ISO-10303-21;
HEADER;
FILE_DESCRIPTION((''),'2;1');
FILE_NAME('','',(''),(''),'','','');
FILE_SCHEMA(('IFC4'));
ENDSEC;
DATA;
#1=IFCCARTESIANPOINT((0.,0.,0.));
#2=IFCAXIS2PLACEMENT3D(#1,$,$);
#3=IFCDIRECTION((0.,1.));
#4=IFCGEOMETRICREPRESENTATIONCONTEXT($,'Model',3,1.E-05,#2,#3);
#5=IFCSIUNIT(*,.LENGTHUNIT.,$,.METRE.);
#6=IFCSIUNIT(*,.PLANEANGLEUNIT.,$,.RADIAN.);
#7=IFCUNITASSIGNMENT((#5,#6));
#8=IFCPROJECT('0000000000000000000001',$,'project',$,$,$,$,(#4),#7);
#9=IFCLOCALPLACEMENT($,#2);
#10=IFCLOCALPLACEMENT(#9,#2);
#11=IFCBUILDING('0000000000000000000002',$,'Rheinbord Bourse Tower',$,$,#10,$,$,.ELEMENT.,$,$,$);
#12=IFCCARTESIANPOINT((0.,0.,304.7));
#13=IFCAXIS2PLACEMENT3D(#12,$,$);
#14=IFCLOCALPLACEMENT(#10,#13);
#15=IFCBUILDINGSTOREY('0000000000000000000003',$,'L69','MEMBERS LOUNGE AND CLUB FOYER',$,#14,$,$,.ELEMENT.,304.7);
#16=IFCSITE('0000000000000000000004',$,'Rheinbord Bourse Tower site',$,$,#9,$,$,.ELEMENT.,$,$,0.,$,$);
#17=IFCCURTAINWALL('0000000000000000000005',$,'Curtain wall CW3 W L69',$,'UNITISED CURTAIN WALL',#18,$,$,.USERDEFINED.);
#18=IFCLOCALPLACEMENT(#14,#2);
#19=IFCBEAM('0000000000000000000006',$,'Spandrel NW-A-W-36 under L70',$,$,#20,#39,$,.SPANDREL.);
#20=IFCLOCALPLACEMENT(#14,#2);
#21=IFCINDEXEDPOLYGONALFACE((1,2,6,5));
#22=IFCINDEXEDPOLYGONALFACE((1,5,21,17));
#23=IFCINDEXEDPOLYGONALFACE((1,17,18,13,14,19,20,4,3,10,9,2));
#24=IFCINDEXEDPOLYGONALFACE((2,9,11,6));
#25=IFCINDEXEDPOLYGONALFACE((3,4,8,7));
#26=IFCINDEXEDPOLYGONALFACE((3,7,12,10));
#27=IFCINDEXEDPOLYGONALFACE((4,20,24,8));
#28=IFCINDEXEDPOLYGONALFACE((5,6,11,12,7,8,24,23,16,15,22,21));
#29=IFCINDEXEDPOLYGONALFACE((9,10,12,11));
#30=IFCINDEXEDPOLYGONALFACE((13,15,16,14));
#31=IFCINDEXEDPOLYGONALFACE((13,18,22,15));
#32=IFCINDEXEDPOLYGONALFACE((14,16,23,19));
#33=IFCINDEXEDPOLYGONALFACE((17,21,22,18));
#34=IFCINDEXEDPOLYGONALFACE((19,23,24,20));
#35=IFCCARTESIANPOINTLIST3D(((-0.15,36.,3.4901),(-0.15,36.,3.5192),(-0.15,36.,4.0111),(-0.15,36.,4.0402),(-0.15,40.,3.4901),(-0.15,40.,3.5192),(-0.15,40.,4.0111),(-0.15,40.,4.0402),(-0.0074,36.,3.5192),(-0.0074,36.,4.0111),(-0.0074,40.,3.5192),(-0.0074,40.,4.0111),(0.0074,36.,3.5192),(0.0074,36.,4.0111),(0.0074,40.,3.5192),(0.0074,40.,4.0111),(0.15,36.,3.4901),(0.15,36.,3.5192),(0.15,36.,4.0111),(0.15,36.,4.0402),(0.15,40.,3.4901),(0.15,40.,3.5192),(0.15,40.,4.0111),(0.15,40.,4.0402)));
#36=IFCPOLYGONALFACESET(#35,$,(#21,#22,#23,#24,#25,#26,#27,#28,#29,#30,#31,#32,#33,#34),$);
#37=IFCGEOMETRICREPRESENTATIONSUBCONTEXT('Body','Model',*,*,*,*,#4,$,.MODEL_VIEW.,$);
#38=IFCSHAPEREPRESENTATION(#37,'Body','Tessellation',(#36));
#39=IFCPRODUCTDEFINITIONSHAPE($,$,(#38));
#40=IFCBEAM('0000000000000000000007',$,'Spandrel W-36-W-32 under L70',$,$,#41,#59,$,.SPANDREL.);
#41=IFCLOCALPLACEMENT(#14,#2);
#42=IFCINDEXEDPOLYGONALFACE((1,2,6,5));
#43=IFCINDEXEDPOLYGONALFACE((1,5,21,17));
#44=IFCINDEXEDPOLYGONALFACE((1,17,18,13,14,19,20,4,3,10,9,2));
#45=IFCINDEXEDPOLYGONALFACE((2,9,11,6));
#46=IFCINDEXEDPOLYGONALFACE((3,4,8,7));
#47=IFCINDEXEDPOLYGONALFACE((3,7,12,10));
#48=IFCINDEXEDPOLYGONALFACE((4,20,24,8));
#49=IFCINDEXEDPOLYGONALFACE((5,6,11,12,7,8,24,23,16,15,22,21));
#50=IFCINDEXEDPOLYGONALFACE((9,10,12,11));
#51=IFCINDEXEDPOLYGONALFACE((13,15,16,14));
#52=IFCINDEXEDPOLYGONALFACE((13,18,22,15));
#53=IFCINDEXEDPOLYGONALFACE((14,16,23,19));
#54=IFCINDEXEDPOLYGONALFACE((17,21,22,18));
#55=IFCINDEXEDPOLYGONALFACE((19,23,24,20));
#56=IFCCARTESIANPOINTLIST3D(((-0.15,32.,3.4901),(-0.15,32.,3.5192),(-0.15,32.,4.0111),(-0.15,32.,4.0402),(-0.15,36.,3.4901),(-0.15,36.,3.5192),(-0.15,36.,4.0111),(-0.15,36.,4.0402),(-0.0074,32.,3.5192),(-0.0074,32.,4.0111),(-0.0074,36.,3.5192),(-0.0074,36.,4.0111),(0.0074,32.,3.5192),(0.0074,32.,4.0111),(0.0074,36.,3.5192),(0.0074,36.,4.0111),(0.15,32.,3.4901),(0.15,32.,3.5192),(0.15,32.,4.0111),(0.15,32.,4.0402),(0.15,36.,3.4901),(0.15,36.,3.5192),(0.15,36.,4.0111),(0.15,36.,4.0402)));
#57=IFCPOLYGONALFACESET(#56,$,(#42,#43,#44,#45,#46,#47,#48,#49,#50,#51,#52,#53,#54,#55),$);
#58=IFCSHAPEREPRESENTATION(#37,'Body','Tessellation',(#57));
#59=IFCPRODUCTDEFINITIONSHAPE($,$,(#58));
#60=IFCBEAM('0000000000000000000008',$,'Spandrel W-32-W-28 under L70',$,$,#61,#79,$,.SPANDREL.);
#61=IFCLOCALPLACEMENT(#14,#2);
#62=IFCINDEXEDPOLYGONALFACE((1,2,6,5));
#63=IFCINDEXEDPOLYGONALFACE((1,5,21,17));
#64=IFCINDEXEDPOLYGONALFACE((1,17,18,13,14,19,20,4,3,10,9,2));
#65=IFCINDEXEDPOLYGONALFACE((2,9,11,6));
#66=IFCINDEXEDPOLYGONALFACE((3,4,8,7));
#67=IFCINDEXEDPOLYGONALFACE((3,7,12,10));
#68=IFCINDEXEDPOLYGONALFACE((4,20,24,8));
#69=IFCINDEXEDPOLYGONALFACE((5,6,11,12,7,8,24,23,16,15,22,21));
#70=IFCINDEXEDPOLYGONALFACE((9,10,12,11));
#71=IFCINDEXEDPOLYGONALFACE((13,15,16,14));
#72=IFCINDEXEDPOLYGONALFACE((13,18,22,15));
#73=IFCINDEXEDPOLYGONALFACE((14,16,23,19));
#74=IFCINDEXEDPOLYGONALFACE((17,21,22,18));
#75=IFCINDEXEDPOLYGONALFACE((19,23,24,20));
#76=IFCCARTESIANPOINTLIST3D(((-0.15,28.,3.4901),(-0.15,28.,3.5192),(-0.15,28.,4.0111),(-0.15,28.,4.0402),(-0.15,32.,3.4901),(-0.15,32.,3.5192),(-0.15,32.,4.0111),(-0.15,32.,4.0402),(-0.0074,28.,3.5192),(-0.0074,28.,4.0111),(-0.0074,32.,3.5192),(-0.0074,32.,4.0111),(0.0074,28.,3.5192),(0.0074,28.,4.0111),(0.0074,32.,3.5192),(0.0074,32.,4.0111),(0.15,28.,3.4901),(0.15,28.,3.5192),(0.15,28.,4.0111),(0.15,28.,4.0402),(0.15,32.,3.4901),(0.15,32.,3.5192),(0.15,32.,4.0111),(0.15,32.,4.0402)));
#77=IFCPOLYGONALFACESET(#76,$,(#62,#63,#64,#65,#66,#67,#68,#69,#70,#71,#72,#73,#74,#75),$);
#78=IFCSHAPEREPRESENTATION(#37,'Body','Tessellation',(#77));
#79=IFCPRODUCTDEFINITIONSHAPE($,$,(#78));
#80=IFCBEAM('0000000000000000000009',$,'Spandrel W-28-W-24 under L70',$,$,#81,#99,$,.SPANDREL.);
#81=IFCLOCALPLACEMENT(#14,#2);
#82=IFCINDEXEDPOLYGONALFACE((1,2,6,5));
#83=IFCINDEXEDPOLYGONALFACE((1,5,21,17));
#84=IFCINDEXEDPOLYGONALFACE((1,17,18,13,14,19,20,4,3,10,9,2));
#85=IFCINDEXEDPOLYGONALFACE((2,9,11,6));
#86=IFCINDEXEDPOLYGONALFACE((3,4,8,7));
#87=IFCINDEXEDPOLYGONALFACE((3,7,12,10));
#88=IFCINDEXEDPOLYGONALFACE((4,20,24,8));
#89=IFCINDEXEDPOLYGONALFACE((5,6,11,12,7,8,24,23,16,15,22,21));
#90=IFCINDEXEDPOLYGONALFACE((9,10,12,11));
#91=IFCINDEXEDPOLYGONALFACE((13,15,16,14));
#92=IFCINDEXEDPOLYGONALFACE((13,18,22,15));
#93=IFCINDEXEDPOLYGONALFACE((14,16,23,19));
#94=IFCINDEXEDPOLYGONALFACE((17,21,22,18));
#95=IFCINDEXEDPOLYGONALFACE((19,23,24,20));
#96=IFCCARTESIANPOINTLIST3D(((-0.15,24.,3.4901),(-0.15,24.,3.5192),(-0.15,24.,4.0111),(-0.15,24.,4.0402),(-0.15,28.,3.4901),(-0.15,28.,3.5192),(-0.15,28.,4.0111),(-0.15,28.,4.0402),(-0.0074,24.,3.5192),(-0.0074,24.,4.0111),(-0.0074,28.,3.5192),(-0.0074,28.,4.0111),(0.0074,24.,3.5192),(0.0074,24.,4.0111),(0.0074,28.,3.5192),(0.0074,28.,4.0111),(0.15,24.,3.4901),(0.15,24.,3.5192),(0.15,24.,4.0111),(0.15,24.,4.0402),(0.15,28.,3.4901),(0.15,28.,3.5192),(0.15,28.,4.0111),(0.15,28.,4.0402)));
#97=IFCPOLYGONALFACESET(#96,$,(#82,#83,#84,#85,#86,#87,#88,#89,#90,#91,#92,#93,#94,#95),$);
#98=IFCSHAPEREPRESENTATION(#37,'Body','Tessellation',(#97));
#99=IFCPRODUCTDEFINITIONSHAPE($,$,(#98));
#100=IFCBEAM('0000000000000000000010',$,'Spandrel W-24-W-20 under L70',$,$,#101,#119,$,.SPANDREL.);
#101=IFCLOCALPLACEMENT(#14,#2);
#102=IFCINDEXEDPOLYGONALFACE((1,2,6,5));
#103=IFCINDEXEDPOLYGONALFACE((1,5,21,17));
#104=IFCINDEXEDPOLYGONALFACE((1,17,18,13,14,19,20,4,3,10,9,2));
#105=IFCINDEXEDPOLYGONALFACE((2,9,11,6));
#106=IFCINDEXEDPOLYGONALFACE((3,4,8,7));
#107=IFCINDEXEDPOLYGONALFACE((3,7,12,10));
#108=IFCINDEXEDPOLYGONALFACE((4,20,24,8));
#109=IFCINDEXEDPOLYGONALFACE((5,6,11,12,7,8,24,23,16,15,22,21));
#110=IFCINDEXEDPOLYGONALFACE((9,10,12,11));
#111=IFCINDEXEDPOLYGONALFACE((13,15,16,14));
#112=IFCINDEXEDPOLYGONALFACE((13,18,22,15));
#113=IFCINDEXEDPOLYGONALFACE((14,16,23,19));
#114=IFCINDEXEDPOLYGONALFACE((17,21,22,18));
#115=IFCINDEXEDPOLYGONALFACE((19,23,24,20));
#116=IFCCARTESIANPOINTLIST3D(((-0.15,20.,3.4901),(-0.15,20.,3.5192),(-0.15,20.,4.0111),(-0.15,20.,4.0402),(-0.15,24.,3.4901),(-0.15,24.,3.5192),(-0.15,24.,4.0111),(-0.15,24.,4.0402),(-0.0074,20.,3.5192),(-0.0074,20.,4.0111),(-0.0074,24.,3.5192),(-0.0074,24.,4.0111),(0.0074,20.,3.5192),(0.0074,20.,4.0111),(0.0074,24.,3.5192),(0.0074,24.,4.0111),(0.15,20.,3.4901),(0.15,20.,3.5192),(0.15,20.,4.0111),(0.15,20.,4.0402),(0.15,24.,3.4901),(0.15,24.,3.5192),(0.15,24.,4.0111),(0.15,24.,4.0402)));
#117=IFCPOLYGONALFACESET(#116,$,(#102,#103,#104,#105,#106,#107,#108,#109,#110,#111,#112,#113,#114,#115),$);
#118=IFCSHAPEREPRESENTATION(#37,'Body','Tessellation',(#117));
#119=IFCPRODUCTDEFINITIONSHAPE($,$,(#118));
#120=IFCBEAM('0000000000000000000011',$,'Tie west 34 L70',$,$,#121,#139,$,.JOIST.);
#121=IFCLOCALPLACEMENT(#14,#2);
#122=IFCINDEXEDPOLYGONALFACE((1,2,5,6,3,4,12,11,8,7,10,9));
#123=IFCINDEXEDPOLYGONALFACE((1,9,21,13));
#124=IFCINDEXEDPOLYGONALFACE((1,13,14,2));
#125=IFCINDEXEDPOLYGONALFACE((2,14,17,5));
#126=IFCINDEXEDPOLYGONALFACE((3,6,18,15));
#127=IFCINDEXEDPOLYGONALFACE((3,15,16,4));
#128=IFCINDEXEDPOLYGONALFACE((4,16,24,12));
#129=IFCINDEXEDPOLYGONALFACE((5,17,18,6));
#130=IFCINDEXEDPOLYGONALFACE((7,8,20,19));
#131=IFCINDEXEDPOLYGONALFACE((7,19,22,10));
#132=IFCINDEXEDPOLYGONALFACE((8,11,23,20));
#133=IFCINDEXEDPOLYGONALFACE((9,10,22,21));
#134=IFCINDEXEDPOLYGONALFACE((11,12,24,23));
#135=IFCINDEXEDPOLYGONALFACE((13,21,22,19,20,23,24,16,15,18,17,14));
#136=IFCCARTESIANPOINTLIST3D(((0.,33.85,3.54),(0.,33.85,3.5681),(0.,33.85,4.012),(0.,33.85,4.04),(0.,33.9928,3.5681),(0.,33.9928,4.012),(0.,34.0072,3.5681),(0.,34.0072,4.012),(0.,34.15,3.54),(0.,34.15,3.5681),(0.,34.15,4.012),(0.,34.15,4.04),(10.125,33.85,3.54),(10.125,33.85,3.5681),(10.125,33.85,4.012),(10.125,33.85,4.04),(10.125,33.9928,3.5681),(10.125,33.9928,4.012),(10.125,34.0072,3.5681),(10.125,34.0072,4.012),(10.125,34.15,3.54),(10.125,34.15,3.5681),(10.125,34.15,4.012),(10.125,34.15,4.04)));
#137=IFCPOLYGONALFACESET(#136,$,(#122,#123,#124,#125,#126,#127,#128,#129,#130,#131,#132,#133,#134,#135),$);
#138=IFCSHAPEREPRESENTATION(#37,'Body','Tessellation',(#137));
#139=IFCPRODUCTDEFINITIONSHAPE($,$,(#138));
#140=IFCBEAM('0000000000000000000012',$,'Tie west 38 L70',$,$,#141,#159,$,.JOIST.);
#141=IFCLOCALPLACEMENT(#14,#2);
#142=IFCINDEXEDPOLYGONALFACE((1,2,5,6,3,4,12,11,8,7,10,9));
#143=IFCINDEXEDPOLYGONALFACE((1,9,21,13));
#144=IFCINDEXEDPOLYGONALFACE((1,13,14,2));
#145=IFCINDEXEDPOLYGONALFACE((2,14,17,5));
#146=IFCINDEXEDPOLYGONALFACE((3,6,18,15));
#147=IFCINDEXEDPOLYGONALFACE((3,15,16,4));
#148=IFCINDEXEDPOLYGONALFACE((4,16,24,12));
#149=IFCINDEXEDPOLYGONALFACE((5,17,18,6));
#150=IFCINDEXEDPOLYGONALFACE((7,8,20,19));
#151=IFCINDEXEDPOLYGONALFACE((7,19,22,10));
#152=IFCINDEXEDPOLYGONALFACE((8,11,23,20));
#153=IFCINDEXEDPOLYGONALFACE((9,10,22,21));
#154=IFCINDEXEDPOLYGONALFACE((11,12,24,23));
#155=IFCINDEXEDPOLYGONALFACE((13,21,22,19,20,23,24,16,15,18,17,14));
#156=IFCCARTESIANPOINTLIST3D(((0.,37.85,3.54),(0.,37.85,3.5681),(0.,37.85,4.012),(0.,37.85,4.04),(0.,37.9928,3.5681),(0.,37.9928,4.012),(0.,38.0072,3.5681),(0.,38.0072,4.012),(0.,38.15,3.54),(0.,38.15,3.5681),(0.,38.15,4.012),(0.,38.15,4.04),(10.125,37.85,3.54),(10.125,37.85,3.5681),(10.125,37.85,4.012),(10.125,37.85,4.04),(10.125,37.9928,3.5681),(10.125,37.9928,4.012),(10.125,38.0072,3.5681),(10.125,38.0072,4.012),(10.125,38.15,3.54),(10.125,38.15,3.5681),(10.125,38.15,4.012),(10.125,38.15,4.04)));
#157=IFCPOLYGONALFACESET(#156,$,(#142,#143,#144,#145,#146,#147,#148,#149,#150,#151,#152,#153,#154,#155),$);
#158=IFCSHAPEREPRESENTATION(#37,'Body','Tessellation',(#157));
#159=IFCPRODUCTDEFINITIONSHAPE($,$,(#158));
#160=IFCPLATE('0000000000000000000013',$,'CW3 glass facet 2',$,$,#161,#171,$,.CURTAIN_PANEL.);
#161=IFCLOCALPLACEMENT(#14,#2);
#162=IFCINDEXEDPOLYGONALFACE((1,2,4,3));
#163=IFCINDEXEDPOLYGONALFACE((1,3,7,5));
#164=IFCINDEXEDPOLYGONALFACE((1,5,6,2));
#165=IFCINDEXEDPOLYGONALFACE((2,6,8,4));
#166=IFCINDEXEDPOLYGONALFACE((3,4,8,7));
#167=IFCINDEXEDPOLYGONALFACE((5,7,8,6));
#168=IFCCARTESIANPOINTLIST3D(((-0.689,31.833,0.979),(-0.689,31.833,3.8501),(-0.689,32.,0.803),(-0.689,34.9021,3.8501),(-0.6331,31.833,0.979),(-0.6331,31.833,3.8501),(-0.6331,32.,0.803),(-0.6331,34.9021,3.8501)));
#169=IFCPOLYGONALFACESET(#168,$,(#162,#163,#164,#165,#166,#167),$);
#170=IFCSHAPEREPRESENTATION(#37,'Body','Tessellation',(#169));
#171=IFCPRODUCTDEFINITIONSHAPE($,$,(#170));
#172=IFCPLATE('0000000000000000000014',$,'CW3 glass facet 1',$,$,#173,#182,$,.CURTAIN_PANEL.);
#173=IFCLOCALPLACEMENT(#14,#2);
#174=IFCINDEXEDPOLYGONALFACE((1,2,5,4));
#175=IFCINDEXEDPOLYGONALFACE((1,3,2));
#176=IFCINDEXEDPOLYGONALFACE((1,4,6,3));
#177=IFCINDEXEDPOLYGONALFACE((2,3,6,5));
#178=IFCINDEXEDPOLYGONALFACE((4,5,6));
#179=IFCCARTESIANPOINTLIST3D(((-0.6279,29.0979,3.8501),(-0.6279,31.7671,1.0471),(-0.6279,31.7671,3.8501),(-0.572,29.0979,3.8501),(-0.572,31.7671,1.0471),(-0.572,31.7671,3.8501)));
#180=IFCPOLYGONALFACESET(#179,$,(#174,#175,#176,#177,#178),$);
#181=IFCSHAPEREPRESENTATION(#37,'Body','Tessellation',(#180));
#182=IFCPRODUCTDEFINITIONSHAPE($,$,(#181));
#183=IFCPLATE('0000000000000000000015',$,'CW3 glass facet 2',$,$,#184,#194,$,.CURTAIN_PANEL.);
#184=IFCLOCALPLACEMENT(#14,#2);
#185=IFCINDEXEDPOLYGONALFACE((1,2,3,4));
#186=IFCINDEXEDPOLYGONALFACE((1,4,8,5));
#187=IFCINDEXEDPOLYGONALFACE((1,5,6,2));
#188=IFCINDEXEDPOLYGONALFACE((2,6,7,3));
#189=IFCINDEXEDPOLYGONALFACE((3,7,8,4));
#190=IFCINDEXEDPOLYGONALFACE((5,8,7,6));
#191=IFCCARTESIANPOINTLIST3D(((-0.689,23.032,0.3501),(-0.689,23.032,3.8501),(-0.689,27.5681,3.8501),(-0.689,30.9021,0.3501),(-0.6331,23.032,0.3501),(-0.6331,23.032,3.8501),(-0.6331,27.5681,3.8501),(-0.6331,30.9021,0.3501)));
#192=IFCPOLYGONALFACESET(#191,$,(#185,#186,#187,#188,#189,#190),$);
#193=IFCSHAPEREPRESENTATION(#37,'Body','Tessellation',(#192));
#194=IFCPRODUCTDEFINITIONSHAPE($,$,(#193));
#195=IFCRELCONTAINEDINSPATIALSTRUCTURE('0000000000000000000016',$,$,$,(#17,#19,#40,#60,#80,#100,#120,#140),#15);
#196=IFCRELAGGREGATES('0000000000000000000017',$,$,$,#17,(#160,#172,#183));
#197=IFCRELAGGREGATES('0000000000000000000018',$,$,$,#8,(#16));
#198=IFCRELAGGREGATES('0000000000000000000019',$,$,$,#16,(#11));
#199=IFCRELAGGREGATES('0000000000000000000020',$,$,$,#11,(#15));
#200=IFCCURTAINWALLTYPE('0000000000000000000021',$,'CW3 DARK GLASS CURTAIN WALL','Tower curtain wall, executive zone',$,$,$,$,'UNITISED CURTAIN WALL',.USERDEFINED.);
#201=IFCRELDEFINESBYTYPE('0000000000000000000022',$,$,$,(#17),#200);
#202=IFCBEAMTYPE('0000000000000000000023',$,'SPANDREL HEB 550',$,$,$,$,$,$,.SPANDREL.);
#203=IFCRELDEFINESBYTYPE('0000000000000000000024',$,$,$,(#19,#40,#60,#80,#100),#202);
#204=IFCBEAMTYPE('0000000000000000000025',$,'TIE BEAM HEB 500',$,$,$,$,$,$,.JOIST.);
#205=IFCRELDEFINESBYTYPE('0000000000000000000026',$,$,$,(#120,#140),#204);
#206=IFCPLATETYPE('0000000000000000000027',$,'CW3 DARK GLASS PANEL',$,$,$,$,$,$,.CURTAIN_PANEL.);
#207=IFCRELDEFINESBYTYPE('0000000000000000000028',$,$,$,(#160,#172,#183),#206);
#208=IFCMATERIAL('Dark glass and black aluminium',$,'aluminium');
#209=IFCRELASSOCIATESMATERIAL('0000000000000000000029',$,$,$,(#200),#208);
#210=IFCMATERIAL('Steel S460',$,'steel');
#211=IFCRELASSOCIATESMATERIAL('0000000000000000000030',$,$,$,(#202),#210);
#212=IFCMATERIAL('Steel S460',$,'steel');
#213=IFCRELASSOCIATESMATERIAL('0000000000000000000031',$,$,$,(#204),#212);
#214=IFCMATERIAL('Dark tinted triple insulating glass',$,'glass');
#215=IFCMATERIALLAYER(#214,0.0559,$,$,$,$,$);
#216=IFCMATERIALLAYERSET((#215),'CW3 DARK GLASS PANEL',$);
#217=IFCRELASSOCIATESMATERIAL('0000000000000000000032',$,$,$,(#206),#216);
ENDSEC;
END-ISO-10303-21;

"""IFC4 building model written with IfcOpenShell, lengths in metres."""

from ifc_helpers import new_model, si_unit, direction, frame, origin, origin_2d, place, context, subcontext, project, spatial, polyline, i_section, outline, extrude, material, layer, layer_set, material_profile, profile_set, type_object, element, aggregate, save


model = new_model("IFC4")

# Units and contexts
model_context = context("Model", 3, precision=1e-05, world=origin(), true_north=direction((0.0, 1.0)))
body_context = subcontext(model_context, "Body", "Model", "MODEL_VIEW")
ifc_project = project(units=[si_unit("LENGTHUNIT", "METRE"), si_unit("PLANEANGLEUNIT", "RADIAN")], contexts=[model_context])

# Site, building, storey
site_placement = place(None, origin())
site = spatial("IfcSite", under=ifc_project, at=site_placement, Name="Rheinbord Bourse Tower site", CompositionType="ELEMENT", RefElevation=0.0)
building_placement = place(site_placement, origin())
building = spatial("IfcBuilding", under=site, at=building_placement, Name="Rheinbord Bourse Tower", CompositionType="ELEMENT")
storey_placement = place(building_placement, frame((0.0, 0.0, 304.7)))
storey = spatial("IfcBuildingStorey", under=building, at=storey_placement, Name="L69", Description="MEMBERS LOUNGE AND CLUB FOYER", CompositionType="ELEMENT", Elevation=304.7)

# Curtain wall
ifc_material_1 = material(Name="Dark glass and black aluminium", Category="aluminium")
curtain_wall_type = type_object("IfcCurtainWallType", Name="CW3 DARK GLASS CURTAIN WALL", Description="Tower curtain wall, executive zone", ElementType="UNITISED CURTAIN WALL", PredefinedType="USERDEFINED", material=ifc_material_1)
curtain_wall_placement = place(storey_placement, origin())
curtain_wall = element("IfcCurtainWall", 1, at=curtain_wall_placement, inside=storey, type_object=curtain_wall_type, Name="Curtain wall CW3 W L69", ObjectType="UNITISED CURTAIN WALL", PredefinedType="USERDEFINED")

# Beams
ifc_material_2 = material(Name="Steel S460", Category="steel")
ifc_material_profile_1 = material_profile(ifc_material_2, i_section(OverallWidth=0.3, OverallDepth=0.55, WebThickness=0.0149, FlangeThickness=0.0291, at=origin_2d()), Name="HEB 550")
ifc_profile_set_1 = profile_set([ifc_material_profile_1], Name="Steel S460")
beam_type_1 = type_object("IfcBeamType", Name="SPANDREL HEB 550", PredefinedType="SPANDREL", material=ifc_profile_set_1)
for number, where, z_axis, x_axis, name in (
    (2, (0.0, 40.0, 3.7651), (0.0, -1.0, 0.0), (1.0, 0.0, 0.0), "Spandrel NW-A-W-36 under L70"),
    (3, (0.0, 36.0, 3.7651), (0.0, -1.0, 0.0), (1.0, 0.0, 0.0), "Spandrel W-36-W-32 under L70"),
    (4, (0.0, 32.0, 3.7651), (0.0, -1.0, 0.0), (1.0, 0.0, 0.0), "Spandrel W-32-W-28 under L70"),
    (5, (0.0, 28.0, 3.7651), (0.0, -1.0, 0.0), (1.0, 0.0, 0.0), "Spandrel W-28-W-24 under L70"),
    (6, (0.0, 24.0, 3.7651), (0.0, -1.0, 0.0), (1.0, 0.0, 0.0), "Spandrel W-24-W-20 under L70"),
):
    element("IfcBeam", number, at=place(storey_placement, frame(where, z_axis=z_axis, x_axis=x_axis)), inside=storey, type_object=beam_type_1, Name=name, PredefinedType="SPANDREL", context=body_context, shape_type="SweptSolid", body=[
        extrude(i_section(OverallWidth=0.3, OverallDepth=0.55, WebThickness=0.0149, FlangeThickness=0.0291, at=origin_2d()), origin(), (0.0, 0.0, 1.0), 4.0),
    ])
ifc_material_3 = material(Name="Steel S460", Category="steel")
ifc_material_profile_2 = material_profile(ifc_material_3, i_section(OverallWidth=0.3, OverallDepth=0.5, WebThickness=0.0144, FlangeThickness=0.0281, at=origin_2d()), Name="HEB 500")
ifc_profile_set_2 = profile_set([ifc_material_profile_2], Name="Steel S460")
beam_type_2 = type_object("IfcBeamType", Name="TIE BEAM HEB 500", PredefinedType="JOIST", material=ifc_profile_set_2)
for number, where, z_axis, x_axis, name in (
    (7, (0.0, 34.0, 3.79), (1.0, 0.0, 0.0), (0.0, 1.0, 0.0), "Tie west 34 L70"),
    (8, (0.0, 38.0, 3.79), (1.0, 0.0, 0.0), (0.0, 1.0, 0.0), "Tie west 38 L70"),
):
    element("IfcBeam", number, at=place(storey_placement, frame(where, z_axis=z_axis, x_axis=x_axis)), inside=storey, type_object=beam_type_2, Name=name, PredefinedType="JOIST", context=body_context, shape_type="SweptSolid", body=[
        extrude(i_section(OverallWidth=0.3, OverallDepth=0.5, WebThickness=0.0144, FlangeThickness=0.0281, at=origin_2d()), origin(), (0.0, 0.0, 1.0), 10.125),
    ])

# Plates
ifc_material_4 = material(Name="Dark tinted triple insulating glass", Category="glass")
ifc_layer_1 = layer(ifc_material_4, 0.0559)
ifc_layer_set_1 = layer_set([ifc_layer_1], Name="CW3 DARK GLASS PANEL")
plate_type = type_object("IfcPlateType", Name="CW3 DARK GLASS PANEL", PredefinedType="CURTAIN_PANEL", material=ifc_layer_set_1)
plate_1_placement = place(storey_placement, frame((-0.689, 31.833, 3.8501), z_axis=(1.0, 0.0, 0.0), x_axis=(0.0, 0.0, -1.0)))
plate_1 = element("IfcPlate", 9, at=plate_1_placement, type_object=plate_type, Name="CW3 glass facet 2", PredefinedType="CURTAIN_PANEL", context=body_context, shape_type="SweptSolid", body=[
    extrude(outline(polyline([(0.0, 0.0), (2.8711, 0.0), (3.0471, 0.167), (0.0, 3.0691), (0.0, 0.0)])), origin(), (0.0, 0.0, 1.0), 0.0559),
])
plate_2_placement = place(storey_placement, frame((-0.6279, 31.7671, 3.8501), z_axis=(1.0, 0.0, 0.0), x_axis=(0.0, -1.0, 0.0)))
plate_2 = element("IfcPlate", 10, at=plate_2_placement, type_object=plate_type, Name="CW3 glass facet 1", PredefinedType="CURTAIN_PANEL", context=body_context, shape_type="SweptSolid", body=[
    extrude(outline(polyline([(0.0, 0.0), (2.6692, 0.0), (0.0, 2.803), (0.0, 0.0)])), origin(), (0.0, 0.0, 1.0), 0.0559),
])
plate_3_placement = place(storey_placement, frame((-0.689, 23.032, 3.8501), z_axis=(1.0, 0.0, 0.0), x_axis=(0.0, 0.0, -1.0)))
plate_3 = element("IfcPlate", 11, at=plate_3_placement, type_object=plate_type, Name="CW3 glass facet 2", PredefinedType="CURTAIN_PANEL", context=body_context, shape_type="SweptSolid", body=[
    extrude(outline(polyline([(0.0, 0.0), (3.5, 0.0), (3.5, 7.8701), (0.0, 4.5361), (0.0, 0.0)])), origin(), (0.0, 0.0, 1.0), 0.0559),
])
aggregate(curtain_wall, [plate_1, plate_2, plate_3])

save(model, "model.ifc")
